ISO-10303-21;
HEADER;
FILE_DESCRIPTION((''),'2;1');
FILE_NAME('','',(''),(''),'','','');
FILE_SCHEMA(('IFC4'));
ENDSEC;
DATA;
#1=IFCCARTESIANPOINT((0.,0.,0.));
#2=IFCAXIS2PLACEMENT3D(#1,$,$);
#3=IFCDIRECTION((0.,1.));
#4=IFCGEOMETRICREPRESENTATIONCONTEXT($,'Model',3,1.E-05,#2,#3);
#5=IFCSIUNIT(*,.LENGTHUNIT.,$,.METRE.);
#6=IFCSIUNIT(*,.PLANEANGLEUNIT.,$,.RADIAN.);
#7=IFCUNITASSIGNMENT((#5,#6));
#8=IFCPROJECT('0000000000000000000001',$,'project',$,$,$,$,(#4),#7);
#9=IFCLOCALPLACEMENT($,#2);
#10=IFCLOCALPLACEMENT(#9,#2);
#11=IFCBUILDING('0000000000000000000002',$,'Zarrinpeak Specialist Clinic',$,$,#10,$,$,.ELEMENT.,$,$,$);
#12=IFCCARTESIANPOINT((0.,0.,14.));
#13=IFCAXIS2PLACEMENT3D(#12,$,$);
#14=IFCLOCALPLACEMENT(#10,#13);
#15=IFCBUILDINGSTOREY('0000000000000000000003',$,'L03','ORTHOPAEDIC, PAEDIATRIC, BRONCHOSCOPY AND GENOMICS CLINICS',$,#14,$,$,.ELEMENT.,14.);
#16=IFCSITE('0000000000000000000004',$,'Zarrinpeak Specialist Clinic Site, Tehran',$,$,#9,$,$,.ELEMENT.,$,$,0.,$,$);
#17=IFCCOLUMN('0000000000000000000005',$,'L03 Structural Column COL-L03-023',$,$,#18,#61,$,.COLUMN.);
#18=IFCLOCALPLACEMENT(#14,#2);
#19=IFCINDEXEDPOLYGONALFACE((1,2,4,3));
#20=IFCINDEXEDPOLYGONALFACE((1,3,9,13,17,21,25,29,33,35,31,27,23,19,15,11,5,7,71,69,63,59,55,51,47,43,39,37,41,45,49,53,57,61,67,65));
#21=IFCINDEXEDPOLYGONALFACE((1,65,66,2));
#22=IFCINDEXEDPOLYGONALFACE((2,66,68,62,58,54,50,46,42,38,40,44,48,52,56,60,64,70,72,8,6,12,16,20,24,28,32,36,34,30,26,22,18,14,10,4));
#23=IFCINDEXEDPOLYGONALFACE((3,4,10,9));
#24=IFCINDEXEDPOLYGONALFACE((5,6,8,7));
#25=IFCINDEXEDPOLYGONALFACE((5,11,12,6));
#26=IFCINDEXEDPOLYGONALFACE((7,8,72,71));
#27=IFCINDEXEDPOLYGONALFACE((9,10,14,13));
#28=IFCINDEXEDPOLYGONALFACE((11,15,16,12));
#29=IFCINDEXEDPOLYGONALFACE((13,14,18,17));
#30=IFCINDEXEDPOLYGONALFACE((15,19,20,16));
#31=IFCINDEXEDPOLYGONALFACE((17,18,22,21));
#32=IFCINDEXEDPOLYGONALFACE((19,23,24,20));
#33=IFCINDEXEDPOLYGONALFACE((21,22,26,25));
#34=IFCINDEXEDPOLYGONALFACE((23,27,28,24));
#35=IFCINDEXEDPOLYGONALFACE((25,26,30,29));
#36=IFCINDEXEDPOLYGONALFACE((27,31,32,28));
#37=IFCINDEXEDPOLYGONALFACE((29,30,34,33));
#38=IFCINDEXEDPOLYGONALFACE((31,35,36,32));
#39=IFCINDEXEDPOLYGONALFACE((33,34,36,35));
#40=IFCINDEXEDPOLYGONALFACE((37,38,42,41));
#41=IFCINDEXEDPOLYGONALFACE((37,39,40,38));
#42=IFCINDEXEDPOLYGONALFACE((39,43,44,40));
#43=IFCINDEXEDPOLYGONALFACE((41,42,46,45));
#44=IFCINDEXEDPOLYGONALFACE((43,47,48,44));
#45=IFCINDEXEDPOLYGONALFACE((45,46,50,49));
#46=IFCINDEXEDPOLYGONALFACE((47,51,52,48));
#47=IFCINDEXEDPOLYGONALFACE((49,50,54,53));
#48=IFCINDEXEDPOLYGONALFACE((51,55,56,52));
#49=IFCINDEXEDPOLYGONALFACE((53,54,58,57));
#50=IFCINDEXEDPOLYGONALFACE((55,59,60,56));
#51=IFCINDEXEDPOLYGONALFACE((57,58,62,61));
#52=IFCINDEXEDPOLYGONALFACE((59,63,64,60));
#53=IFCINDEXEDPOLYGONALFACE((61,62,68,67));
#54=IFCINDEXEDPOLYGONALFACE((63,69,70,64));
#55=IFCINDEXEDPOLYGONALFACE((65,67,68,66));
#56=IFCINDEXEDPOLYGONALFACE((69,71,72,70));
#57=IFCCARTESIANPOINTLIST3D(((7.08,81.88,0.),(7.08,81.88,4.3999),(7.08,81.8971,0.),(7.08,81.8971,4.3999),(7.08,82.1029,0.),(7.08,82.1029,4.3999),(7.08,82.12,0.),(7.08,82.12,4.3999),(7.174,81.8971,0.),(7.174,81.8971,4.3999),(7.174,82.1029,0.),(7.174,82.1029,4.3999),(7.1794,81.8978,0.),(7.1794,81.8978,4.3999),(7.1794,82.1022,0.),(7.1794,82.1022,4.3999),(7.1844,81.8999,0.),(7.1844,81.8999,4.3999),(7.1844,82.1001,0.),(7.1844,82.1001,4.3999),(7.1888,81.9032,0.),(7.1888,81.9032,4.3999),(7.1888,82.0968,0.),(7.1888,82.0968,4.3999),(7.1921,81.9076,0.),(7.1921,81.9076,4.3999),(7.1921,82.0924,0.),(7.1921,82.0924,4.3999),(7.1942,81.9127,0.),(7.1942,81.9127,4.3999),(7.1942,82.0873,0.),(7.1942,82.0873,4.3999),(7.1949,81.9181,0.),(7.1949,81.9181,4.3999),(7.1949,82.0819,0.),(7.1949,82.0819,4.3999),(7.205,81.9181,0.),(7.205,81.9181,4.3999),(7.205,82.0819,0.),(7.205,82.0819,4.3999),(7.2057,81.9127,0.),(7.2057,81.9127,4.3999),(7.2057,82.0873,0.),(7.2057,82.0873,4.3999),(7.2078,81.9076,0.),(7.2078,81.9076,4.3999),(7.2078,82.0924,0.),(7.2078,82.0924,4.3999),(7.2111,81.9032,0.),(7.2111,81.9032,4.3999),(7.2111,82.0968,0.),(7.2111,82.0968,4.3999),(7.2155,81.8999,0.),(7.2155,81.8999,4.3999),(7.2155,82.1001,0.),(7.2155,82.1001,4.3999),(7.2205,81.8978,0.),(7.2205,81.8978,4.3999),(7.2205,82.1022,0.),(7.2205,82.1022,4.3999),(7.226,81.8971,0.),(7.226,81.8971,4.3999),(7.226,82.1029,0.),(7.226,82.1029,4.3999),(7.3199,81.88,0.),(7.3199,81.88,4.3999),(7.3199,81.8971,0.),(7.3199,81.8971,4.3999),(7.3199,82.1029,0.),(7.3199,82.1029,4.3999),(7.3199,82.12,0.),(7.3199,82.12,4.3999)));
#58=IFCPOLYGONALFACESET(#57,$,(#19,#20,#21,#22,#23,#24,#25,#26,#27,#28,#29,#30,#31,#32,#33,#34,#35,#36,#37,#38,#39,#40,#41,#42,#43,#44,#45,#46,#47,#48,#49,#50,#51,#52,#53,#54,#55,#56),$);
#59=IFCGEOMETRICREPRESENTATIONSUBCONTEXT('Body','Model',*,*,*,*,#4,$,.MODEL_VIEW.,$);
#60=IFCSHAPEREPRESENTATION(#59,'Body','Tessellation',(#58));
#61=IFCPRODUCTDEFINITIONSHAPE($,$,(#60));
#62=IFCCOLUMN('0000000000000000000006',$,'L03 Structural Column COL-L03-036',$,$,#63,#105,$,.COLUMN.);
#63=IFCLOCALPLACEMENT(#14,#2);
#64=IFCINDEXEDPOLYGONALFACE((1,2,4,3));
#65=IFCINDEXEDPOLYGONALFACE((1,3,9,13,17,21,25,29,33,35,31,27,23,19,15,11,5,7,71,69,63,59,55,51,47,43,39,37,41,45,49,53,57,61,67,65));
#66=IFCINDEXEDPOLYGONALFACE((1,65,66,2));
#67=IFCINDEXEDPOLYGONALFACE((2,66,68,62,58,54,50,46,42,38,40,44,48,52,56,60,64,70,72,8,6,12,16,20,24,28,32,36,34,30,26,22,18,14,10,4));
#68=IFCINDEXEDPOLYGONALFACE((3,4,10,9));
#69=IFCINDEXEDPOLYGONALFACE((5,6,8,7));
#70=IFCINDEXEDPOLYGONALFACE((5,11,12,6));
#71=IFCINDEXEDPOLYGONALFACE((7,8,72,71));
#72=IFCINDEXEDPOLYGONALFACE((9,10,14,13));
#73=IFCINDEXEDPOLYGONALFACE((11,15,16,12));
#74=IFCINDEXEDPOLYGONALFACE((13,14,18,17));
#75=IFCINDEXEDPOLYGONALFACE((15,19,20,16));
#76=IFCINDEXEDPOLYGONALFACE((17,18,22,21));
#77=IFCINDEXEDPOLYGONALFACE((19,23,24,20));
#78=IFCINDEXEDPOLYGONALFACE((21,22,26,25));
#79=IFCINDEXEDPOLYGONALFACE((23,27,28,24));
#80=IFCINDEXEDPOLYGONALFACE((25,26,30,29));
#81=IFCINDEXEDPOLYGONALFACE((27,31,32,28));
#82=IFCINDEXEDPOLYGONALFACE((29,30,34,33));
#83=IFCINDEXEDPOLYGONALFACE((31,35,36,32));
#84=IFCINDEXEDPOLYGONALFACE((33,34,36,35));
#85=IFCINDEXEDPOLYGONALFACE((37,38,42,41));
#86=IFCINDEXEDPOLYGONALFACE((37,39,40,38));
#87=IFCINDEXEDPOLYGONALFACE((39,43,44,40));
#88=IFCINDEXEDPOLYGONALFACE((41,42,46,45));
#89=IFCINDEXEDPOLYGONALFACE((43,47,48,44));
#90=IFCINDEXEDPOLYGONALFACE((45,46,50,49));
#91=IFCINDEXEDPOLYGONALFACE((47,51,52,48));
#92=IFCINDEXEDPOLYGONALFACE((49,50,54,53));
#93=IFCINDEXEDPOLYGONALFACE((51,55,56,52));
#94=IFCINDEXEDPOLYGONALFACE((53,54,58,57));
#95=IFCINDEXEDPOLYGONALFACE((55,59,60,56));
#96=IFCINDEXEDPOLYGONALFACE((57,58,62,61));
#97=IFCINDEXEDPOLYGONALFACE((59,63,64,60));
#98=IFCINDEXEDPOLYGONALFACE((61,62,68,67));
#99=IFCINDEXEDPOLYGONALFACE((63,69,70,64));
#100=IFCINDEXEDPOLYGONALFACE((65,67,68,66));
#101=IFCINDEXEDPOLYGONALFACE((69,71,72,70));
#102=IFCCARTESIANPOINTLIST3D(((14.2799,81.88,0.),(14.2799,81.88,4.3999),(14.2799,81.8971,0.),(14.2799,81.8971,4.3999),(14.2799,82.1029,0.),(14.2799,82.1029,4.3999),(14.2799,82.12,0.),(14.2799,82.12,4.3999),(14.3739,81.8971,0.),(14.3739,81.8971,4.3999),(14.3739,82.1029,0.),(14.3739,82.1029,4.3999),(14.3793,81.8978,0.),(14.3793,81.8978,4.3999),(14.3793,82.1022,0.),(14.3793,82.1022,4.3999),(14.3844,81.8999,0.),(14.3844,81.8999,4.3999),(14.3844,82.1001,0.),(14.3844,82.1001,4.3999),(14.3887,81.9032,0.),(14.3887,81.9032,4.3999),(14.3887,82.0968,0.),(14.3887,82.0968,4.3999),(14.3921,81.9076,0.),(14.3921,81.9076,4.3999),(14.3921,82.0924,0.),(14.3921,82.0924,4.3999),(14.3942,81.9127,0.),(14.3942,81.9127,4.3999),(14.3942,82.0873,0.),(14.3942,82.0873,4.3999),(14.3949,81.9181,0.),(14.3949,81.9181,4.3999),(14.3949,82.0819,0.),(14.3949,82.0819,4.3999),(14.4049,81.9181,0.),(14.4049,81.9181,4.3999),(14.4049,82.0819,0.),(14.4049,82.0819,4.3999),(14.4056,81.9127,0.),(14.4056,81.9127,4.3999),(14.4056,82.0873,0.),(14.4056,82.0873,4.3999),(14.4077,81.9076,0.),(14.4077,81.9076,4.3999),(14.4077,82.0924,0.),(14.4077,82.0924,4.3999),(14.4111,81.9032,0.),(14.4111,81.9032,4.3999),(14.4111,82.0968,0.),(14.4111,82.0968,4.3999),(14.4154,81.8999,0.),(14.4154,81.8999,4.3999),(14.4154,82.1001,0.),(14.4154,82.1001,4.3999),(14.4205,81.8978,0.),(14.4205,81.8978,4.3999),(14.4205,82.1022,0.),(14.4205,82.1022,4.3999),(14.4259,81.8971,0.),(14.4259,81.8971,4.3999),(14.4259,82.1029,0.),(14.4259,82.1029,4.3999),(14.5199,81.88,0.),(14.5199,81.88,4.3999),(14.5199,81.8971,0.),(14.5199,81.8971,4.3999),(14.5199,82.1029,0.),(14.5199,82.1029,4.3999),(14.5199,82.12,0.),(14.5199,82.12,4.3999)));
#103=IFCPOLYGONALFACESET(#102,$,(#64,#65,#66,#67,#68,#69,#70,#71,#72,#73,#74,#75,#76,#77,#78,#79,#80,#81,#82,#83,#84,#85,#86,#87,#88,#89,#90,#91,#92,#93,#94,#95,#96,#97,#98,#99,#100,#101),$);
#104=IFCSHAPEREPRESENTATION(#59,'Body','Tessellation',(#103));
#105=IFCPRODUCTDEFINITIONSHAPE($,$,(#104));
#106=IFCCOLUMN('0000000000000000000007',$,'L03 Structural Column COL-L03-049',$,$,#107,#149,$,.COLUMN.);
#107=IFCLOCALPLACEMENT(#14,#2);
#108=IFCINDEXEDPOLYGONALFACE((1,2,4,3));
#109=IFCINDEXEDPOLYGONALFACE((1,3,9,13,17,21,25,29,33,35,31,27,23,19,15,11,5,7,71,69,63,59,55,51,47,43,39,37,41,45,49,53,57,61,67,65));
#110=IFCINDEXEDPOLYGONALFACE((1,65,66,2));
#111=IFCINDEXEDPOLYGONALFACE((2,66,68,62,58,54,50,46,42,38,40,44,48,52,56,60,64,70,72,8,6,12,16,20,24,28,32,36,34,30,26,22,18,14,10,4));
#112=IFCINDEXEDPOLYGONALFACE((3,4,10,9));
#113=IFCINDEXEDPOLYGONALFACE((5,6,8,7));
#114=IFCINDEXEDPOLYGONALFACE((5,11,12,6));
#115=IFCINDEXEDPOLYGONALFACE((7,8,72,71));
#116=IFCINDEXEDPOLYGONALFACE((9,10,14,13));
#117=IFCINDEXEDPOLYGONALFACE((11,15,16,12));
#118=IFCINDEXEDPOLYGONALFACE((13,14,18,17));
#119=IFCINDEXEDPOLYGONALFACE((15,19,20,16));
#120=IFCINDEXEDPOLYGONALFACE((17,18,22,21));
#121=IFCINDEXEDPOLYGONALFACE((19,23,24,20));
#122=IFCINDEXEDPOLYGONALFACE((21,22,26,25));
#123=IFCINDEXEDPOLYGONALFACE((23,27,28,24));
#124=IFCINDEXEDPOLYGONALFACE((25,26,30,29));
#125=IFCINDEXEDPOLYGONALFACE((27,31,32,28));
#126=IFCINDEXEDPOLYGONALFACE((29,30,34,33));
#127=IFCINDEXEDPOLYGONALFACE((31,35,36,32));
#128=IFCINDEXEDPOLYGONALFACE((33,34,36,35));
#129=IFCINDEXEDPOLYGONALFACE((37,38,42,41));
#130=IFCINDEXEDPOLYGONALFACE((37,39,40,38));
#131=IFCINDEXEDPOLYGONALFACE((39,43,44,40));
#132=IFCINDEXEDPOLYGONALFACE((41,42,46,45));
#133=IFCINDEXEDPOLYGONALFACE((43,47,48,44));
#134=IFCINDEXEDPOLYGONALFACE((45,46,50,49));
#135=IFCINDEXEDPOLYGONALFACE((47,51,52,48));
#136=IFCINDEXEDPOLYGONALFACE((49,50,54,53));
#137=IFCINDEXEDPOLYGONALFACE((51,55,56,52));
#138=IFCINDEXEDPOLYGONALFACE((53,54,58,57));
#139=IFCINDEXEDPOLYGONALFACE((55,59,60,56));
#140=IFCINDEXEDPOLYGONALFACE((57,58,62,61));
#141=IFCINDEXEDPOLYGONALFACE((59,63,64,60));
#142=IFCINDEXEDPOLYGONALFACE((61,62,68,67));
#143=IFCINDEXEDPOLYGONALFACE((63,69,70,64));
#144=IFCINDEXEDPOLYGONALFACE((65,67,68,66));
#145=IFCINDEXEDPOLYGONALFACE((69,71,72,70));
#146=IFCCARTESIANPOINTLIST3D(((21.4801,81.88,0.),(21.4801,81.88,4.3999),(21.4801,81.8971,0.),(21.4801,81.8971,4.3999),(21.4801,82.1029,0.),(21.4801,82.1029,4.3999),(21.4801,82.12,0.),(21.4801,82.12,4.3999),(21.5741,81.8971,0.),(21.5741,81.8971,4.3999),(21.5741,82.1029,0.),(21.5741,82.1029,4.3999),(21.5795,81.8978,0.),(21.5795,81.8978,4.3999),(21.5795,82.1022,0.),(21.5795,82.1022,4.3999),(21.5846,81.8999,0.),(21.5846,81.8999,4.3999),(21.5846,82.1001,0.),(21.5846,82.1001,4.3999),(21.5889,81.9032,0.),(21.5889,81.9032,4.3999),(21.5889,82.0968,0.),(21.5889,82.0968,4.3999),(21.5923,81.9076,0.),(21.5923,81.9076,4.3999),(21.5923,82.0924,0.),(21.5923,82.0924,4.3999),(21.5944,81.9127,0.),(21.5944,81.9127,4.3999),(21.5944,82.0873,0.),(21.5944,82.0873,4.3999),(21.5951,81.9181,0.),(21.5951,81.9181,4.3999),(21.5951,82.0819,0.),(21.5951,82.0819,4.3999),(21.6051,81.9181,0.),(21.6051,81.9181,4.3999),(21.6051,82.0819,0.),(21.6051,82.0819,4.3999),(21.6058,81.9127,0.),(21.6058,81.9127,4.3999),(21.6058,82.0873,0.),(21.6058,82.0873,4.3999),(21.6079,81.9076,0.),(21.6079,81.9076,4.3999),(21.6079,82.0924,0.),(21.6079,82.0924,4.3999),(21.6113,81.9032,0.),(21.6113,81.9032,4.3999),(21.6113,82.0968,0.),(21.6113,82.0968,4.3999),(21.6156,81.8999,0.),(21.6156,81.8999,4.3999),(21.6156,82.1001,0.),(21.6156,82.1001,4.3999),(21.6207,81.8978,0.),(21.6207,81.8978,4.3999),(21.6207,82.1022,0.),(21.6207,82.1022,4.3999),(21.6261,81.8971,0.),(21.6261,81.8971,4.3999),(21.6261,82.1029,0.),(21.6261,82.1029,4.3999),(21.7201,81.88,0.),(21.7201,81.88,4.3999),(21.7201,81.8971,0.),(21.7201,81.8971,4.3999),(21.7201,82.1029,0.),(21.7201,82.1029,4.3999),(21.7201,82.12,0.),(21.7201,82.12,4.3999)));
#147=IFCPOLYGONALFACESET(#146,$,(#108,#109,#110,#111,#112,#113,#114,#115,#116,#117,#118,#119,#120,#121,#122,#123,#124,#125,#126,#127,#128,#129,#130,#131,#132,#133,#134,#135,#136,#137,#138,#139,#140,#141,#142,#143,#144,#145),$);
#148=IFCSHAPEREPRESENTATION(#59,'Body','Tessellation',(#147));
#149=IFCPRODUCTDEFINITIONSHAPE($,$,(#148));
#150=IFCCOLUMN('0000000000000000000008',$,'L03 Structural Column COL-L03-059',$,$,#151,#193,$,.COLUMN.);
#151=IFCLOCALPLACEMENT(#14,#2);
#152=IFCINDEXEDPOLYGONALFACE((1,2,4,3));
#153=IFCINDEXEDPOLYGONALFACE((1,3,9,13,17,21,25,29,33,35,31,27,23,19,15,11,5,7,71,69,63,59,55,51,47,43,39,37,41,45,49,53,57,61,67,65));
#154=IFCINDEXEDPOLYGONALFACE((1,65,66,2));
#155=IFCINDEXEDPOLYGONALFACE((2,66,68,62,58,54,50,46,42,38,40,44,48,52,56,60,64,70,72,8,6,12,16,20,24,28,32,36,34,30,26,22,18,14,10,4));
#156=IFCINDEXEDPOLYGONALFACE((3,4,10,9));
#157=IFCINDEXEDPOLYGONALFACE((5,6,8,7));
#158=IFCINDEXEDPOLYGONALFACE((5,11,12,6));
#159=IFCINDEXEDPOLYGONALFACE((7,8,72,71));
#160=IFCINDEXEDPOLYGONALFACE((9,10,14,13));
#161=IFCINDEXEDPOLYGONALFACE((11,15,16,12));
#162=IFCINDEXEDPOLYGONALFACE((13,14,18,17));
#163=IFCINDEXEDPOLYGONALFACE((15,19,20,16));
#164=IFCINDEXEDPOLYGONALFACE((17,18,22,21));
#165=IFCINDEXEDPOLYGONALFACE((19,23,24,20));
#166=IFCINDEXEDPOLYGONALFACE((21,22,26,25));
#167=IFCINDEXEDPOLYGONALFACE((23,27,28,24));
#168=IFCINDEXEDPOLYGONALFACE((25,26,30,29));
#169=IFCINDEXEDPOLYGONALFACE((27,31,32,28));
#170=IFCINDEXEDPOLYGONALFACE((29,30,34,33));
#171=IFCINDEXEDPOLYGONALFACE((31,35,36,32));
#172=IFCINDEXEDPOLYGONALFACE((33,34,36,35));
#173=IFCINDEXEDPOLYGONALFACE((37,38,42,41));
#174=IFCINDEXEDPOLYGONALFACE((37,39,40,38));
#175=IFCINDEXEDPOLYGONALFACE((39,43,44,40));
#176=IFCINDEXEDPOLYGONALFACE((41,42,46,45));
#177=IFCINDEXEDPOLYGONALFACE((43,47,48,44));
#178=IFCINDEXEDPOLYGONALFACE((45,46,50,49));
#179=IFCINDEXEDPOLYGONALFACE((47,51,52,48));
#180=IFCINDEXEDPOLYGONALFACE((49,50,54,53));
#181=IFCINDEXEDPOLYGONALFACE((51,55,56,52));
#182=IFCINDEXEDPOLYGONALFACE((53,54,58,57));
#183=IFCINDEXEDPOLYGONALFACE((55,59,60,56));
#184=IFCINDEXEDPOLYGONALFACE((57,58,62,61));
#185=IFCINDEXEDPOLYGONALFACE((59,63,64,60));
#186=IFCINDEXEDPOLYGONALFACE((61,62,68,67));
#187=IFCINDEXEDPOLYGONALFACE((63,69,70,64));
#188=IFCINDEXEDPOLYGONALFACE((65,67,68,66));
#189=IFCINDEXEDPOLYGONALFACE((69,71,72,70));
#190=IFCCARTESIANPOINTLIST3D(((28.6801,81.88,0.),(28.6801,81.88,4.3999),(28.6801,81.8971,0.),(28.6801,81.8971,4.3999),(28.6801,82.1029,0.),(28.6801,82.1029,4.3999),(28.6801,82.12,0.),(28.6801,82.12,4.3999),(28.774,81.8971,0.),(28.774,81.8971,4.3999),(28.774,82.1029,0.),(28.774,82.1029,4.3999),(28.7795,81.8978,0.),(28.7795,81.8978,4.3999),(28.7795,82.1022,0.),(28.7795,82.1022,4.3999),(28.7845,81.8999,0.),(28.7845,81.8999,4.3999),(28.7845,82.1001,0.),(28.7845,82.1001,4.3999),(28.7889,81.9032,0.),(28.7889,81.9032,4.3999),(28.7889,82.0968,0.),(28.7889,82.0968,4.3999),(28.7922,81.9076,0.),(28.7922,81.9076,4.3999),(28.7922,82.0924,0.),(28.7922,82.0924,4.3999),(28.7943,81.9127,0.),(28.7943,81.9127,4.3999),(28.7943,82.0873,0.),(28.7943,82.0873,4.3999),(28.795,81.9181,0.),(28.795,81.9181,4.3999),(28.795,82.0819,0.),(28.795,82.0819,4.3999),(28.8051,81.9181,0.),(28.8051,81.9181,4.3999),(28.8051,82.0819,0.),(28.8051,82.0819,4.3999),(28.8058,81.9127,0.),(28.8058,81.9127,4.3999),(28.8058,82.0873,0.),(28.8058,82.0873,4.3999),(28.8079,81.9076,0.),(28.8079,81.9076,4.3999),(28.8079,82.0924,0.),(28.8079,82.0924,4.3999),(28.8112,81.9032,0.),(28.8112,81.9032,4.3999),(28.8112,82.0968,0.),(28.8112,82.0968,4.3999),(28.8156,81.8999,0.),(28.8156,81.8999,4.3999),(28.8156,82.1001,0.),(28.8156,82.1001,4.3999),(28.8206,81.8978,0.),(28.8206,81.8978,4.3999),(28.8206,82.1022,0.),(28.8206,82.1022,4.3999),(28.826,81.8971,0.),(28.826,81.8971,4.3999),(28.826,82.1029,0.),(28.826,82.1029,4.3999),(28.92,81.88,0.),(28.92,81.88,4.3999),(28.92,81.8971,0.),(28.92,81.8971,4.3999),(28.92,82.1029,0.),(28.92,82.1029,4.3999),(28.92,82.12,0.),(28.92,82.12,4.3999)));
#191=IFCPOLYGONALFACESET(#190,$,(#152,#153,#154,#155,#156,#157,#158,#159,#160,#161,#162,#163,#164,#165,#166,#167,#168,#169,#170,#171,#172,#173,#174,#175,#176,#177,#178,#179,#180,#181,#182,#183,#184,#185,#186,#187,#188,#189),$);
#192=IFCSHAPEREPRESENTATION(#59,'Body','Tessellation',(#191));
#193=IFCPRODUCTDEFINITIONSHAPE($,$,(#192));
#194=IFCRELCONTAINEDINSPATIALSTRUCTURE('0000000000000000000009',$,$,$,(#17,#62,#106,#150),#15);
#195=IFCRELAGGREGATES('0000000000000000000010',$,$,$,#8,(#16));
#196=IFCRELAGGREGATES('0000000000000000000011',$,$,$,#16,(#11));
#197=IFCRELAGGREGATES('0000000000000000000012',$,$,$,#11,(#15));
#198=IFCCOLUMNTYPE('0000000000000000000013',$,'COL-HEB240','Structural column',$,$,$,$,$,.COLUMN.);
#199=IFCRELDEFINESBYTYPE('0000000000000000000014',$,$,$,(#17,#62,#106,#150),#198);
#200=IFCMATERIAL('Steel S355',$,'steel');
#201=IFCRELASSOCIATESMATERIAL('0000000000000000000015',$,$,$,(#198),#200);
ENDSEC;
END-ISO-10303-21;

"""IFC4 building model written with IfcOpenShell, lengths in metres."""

from ifc_helpers import new_model, si_unit, direction, frame, origin, origin_2d, place, context, subcontext, project, spatial, i_section, extrude, material, material_profile, profile_set, type_object, element, save


model = new_model("IFC4")

# Units and contexts
model_context = context("Model", 3, precision=1e-05, world=origin(), true_north=direction((0.0, 1.0)))
body_context = subcontext(model_context, "Body", "Model", "MODEL_VIEW")
ifc_project = project(units=[si_unit("LENGTHUNIT", "METRE"), si_unit("PLANEANGLEUNIT", "RADIAN")], contexts=[model_context])

# Site, building, storey
site_placement = place(None, origin())
site = spatial("IfcSite", under=ifc_project, at=site_placement, Name="Zarrinpeak Specialist Clinic Site, Tehran", CompositionType="ELEMENT", RefElevation=0.0)
building_placement = place(site_placement, origin())
building = spatial("IfcBuilding", under=site, at=building_placement, Name="Zarrinpeak Specialist Clinic", CompositionType="ELEMENT")
storey_placement = place(building_placement, frame((0.0, 0.0, 14.0)))
storey = spatial("IfcBuildingStorey", under=building, at=storey_placement, Name="L03", Description="ORTHOPAEDIC, PAEDIATRIC, BRONCHOSCOPY AND GENOMICS CLINICS", CompositionType="ELEMENT", Elevation=14.0)

# Columns
ifc_material_1 = material(Name="Steel S355", Category="steel")
ifc_material_profile_1 = material_profile(ifc_material_1, i_section(OverallWidth=0.24, OverallDepth=0.24, WebThickness=0.01, FlangeThickness=0.0171, FilletRadius=0.021, at=origin_2d()), Name="HEB 240")
ifc_profile_set_1 = profile_set([ifc_material_profile_1], Name="Steel S355")
column_type_1 = type_object("IfcColumnType", Name="COL-HEB240", Description="Structural column", PredefinedType="COLUMN", material=ifc_profile_set_1)
for number, where, z_axis, x_axis, name in (
    (1, (7.2, 82.0, 0.0), (0.0, 0.0, 1.0), (1.0, 0.0, 0.0), "L03 Structural Column COL-L03-023"),
    (2, (14.3999, 82.0, 0.0), (0.0, 0.0, 1.0), (1.0, 0.0, 0.0), "L03 Structural Column COL-L03-036"),
    (3, (21.6001, 82.0, 0.0), (0.0, 0.0, 1.0), (1.0, 0.0, 0.0), "L03 Structural Column COL-L03-049"),
    (4, (28.8, 82.0, 0.0), (0.0, 0.0, 1.0), (1.0, 0.0, 0.0), "L03 Structural Column COL-L03-059"),
):
    element("IfcColumn", number, at=place(storey_placement, frame(where, z_axis=z_axis, x_axis=x_axis)), inside=storey, type_object=column_type_1, Name=name, PredefinedType="COLUMN", context=body_context, shape_type="SweptSolid", body=[
        extrude(i_section(OverallWidth=0.24, OverallDepth=0.24, WebThickness=0.01, FlangeThickness=0.0171, FilletRadius=0.021, at=origin_2d()), origin(), (0.0, 0.0, 1.0), 4.3999),
    ])

save(model, "model.ifc")
